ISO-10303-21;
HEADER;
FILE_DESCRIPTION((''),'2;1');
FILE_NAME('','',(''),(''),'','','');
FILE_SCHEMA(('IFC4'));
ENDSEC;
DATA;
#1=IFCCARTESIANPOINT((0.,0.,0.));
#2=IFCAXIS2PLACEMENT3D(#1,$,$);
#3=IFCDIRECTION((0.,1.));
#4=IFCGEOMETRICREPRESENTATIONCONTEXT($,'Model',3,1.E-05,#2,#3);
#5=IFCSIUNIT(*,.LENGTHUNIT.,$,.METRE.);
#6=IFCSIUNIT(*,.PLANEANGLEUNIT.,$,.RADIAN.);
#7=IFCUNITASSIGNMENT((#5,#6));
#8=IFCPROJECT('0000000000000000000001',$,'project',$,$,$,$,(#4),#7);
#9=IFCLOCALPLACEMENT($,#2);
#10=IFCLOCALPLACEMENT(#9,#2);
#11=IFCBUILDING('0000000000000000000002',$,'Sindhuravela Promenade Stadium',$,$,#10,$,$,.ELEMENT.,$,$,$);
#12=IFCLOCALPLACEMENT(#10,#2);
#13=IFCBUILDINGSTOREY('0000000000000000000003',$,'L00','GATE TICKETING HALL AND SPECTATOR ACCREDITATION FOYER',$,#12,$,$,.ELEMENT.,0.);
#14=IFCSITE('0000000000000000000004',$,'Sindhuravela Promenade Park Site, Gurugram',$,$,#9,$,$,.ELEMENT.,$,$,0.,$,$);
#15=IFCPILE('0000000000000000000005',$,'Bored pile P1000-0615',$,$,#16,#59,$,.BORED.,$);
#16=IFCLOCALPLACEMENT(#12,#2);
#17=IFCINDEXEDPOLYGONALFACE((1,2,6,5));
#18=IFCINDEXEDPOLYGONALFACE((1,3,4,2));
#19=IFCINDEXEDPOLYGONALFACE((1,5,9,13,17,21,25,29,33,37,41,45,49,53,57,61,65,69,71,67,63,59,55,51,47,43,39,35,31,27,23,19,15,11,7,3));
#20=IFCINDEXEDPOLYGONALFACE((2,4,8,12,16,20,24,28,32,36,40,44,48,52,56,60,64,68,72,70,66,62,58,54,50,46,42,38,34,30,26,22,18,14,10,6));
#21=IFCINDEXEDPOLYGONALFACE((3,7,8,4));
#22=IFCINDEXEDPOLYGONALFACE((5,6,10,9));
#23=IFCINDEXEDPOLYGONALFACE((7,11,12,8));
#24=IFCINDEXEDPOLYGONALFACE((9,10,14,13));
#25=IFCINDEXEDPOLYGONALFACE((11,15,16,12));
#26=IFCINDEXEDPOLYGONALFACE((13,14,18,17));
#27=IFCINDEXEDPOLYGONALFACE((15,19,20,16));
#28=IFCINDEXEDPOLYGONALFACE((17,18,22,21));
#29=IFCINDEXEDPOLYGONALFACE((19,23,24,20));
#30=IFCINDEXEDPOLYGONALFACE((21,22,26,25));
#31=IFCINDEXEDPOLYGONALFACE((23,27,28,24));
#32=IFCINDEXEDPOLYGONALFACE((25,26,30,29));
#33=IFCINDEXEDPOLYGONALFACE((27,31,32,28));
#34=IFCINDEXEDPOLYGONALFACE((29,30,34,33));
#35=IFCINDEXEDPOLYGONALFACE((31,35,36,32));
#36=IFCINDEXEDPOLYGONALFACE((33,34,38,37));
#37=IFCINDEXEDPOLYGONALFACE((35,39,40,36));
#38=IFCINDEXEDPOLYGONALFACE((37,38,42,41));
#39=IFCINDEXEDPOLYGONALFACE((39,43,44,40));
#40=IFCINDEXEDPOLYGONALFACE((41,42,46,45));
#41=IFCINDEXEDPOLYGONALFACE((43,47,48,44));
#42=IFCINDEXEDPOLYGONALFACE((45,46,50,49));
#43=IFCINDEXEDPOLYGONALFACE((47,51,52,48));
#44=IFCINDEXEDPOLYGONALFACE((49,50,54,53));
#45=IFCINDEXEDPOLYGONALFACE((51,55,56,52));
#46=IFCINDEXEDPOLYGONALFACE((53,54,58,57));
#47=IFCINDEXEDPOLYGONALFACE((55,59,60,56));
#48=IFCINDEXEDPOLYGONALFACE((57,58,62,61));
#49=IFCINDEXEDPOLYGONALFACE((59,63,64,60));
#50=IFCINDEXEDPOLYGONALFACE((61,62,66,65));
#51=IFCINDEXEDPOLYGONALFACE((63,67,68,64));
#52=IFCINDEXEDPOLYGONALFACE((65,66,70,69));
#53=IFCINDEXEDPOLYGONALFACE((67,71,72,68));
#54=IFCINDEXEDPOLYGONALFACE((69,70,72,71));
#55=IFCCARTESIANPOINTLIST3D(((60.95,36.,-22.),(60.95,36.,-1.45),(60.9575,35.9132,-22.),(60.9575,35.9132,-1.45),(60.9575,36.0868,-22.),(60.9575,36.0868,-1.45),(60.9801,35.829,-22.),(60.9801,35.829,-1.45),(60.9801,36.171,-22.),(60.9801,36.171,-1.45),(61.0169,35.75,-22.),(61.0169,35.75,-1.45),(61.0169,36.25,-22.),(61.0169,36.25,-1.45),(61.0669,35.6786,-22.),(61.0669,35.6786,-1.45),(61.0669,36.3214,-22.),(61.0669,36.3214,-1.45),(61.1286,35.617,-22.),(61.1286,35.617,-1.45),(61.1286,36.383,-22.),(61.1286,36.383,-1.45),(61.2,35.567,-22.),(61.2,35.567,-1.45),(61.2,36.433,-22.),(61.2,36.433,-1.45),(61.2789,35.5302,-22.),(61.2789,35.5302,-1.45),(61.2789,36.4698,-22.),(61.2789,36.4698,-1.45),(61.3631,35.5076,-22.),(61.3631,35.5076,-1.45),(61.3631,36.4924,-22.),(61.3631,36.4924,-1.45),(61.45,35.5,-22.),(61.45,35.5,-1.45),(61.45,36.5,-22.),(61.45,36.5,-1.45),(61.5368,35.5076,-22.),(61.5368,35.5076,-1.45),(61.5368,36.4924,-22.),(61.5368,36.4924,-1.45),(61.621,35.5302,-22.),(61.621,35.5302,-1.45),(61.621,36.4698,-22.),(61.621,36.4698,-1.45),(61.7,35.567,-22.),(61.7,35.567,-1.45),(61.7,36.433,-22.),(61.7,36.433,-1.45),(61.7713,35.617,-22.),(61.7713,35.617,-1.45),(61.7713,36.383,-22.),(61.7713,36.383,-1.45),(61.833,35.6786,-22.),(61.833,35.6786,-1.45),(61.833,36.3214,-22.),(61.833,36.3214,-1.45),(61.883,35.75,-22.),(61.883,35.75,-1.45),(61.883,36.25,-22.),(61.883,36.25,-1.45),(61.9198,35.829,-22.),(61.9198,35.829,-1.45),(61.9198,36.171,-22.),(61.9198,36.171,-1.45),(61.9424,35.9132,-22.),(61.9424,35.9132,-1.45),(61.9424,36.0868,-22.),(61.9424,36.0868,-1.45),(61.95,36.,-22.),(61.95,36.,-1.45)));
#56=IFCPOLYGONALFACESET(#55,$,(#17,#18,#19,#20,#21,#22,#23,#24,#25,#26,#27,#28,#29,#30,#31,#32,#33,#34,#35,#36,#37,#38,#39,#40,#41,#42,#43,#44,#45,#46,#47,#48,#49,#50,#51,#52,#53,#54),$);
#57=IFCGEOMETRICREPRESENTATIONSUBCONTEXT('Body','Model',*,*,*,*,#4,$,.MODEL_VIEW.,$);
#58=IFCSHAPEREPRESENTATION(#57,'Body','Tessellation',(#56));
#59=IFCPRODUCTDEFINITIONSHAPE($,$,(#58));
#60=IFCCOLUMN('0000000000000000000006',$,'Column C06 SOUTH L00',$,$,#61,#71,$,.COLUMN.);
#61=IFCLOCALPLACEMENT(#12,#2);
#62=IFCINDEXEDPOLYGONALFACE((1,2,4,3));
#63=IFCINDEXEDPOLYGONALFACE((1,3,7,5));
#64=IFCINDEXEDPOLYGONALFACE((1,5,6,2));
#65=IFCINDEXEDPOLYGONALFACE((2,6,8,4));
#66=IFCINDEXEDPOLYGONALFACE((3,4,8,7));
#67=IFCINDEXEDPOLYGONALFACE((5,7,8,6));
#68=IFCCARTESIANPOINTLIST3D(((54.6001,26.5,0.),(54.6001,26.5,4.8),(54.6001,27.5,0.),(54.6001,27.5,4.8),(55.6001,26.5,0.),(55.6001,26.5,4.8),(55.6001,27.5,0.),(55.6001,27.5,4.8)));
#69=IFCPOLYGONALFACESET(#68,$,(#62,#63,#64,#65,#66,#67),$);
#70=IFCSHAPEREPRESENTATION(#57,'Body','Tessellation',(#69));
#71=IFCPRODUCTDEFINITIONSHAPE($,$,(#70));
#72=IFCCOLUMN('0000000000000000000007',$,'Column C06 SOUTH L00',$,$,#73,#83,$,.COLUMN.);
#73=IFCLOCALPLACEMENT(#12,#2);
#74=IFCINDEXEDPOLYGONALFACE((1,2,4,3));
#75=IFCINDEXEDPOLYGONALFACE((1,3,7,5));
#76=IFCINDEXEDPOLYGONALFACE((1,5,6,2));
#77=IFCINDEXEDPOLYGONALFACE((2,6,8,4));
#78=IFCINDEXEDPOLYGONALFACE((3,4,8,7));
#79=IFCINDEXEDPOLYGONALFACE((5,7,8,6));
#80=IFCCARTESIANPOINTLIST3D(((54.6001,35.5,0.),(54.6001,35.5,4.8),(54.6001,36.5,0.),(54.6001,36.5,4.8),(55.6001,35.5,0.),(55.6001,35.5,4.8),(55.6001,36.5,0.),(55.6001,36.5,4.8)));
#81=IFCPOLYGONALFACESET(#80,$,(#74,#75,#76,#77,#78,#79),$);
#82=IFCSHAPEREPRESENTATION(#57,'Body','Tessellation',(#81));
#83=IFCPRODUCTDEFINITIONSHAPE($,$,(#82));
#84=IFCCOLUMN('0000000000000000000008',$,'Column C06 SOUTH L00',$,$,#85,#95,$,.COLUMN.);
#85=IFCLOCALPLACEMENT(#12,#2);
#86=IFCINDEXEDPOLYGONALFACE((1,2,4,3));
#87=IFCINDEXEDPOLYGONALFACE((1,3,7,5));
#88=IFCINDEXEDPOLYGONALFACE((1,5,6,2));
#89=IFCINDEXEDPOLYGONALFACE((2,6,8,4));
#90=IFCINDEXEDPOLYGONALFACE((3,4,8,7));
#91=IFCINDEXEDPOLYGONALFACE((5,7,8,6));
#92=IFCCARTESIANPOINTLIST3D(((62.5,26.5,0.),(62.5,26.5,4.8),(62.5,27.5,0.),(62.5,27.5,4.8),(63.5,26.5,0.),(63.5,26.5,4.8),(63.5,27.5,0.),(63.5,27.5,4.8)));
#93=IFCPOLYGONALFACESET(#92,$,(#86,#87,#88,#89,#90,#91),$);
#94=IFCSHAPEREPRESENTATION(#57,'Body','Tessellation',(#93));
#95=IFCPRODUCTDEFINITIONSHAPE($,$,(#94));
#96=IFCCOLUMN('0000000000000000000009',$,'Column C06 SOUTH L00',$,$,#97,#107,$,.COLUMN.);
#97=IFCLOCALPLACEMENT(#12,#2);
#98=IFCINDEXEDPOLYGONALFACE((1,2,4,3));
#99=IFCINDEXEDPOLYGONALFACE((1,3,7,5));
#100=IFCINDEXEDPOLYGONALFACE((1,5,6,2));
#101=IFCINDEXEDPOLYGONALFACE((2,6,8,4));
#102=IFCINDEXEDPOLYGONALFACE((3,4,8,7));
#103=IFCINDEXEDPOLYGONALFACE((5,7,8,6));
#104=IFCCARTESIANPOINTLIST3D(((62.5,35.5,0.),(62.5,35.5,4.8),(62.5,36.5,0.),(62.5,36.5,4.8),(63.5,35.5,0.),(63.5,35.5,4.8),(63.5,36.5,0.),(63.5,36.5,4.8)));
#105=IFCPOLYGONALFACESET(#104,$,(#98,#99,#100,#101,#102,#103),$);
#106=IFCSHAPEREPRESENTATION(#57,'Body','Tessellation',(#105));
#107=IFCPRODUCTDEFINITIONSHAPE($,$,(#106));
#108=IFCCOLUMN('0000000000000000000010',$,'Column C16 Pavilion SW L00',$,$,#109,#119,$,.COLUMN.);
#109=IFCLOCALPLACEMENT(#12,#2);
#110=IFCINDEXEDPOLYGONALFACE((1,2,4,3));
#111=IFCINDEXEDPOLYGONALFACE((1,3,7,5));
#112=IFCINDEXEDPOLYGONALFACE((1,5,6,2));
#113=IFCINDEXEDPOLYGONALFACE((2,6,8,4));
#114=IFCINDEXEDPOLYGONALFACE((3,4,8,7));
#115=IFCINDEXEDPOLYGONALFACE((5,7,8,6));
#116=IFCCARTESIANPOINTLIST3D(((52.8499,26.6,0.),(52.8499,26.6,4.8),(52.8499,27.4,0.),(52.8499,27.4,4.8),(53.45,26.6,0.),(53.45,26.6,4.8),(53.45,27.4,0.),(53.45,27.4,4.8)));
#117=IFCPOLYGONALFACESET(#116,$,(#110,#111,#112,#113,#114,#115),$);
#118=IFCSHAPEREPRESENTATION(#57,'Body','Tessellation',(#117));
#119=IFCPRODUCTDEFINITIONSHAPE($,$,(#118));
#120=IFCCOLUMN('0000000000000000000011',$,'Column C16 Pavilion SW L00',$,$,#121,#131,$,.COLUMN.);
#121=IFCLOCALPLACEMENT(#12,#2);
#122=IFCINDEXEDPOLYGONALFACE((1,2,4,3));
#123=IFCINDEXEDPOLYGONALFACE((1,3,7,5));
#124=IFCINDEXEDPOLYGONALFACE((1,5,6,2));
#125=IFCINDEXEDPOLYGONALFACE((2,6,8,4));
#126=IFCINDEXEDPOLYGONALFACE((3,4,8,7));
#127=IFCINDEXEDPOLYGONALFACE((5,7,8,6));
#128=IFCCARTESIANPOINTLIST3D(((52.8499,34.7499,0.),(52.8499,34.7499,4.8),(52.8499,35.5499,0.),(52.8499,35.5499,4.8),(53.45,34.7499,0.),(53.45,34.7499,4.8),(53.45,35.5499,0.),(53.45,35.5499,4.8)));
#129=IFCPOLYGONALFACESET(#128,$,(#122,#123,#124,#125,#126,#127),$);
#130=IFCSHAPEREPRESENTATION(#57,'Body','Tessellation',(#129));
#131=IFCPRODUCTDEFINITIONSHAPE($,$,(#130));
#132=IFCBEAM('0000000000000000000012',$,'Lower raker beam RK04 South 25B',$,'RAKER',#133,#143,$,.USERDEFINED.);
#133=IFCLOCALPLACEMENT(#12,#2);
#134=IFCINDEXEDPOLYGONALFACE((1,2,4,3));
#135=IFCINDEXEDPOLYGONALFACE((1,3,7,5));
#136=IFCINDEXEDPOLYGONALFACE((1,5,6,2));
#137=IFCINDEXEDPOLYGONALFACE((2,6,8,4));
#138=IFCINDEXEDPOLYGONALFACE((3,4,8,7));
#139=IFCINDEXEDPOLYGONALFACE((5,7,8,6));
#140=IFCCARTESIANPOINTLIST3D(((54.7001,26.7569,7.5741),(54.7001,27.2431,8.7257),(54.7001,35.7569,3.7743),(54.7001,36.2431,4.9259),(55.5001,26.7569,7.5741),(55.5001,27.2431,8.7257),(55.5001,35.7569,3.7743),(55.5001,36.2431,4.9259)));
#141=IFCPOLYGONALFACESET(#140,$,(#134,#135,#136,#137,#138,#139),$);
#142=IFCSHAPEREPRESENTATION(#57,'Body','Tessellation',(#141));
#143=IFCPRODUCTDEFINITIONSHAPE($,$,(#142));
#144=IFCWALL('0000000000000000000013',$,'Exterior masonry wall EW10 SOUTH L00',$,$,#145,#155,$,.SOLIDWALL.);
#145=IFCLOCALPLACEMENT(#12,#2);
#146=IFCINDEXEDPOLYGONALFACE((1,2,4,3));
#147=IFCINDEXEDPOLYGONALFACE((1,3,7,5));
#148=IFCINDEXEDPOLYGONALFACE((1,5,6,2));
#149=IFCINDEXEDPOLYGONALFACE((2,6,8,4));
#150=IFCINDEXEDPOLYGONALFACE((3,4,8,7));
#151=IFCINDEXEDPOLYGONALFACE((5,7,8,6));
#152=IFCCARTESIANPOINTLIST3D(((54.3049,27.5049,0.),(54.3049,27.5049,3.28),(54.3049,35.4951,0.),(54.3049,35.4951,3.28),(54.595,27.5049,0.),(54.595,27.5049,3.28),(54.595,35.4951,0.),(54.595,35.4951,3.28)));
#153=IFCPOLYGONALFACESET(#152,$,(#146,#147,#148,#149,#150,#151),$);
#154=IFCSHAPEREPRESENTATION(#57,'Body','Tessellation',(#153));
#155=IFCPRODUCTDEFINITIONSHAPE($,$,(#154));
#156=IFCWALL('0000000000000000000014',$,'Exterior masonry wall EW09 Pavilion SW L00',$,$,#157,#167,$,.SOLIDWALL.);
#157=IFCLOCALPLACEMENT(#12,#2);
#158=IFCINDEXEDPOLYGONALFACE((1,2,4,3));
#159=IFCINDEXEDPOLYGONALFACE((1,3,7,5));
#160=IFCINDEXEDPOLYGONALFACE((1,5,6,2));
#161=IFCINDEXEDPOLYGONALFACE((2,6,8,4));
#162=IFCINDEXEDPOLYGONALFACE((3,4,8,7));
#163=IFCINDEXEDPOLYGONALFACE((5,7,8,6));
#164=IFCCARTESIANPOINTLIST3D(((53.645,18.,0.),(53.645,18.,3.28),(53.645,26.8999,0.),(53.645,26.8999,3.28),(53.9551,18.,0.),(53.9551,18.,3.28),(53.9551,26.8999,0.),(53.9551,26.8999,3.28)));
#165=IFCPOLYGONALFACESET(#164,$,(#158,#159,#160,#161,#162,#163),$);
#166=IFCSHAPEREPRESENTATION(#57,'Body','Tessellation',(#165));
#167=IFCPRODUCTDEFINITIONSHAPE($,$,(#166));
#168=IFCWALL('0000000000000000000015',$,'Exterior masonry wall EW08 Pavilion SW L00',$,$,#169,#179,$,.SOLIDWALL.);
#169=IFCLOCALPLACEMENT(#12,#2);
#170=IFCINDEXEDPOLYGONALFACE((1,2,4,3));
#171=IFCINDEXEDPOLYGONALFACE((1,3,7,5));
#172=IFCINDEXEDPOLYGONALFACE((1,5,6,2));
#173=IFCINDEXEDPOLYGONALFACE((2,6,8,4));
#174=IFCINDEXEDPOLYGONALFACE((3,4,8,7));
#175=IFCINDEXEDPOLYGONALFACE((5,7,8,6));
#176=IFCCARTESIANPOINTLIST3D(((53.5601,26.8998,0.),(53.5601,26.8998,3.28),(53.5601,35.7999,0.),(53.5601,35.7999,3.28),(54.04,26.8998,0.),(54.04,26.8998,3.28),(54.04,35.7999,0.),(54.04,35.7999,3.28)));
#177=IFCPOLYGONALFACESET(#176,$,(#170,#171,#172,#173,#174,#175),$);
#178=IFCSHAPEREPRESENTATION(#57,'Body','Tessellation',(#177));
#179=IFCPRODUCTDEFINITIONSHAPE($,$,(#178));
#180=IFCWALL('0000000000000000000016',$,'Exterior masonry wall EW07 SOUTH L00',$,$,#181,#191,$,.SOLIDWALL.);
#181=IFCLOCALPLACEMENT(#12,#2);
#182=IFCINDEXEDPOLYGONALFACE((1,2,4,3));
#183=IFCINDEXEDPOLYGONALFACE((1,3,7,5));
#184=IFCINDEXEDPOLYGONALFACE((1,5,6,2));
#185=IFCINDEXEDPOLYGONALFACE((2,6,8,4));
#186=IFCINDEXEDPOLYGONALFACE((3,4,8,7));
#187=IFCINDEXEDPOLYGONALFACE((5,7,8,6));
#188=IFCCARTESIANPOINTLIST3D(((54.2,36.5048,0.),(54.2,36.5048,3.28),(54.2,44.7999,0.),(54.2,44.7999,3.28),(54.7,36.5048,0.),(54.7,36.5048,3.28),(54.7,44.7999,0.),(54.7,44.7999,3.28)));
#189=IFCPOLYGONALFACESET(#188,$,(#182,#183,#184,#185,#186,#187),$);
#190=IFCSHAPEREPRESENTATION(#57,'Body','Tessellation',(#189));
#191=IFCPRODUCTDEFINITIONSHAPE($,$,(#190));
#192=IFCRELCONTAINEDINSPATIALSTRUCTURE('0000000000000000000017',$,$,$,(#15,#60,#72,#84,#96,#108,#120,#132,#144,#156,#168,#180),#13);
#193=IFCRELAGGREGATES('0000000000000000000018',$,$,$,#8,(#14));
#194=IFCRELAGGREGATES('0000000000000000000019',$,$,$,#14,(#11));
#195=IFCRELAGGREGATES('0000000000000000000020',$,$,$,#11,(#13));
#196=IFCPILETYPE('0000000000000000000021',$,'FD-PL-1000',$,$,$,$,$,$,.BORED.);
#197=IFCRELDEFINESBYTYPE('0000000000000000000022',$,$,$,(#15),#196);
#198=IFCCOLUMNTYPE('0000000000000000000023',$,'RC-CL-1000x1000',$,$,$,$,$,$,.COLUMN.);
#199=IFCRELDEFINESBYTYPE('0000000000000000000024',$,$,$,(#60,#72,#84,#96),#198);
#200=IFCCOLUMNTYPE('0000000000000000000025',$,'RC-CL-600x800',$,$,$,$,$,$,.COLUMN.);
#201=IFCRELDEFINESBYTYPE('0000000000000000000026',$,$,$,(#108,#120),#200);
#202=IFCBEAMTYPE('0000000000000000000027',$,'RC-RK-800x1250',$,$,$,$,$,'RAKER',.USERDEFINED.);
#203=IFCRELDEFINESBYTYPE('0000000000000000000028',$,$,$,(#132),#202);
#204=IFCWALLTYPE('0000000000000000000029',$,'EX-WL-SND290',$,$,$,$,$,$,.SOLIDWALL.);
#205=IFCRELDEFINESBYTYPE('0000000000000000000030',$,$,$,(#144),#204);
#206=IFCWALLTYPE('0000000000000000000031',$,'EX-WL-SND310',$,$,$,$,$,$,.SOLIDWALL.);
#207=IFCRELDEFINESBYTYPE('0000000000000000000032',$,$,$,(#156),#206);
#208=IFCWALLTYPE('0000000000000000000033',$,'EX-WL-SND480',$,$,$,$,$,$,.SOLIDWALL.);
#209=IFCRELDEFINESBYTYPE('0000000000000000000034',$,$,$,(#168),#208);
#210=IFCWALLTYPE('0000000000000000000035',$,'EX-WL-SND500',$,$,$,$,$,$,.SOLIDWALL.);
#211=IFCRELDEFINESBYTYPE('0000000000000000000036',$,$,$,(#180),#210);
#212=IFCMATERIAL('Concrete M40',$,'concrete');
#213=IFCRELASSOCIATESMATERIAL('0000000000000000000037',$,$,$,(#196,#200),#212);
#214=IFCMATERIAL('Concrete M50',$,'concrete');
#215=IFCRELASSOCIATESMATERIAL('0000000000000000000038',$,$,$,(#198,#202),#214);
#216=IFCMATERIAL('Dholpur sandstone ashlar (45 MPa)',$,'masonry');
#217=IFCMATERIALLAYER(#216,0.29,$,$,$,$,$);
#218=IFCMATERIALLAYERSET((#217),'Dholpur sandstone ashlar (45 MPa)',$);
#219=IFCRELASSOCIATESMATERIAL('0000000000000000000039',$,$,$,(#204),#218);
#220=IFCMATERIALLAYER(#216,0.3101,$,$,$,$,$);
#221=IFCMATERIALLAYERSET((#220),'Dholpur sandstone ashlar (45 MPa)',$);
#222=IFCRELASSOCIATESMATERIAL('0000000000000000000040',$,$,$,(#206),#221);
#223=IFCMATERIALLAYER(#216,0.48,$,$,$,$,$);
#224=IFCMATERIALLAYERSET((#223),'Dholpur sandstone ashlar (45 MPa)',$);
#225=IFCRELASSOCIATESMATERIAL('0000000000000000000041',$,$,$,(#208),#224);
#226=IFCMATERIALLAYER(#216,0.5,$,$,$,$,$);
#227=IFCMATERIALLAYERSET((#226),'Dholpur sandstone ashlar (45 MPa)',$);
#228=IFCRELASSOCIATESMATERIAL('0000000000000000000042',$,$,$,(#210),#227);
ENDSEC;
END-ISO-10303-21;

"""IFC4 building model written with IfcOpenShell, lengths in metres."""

from ifc_helpers import new_model, si_unit, direction, frame, frame_2d, origin, origin_2d, place, context, subcontext, project, spatial, rectangle, circle, extrude, material, layer, layer_set, material_profile, profile_set, type_object, element, save


model = new_model("IFC4")

# Units and contexts
model_context = context("Model", 3, precision=1e-05, world=origin(), true_north=direction((0.0, 1.0)))
body_context = subcontext(model_context, "Body", "Model", "MODEL_VIEW")
ifc_project = project(units=[si_unit("LENGTHUNIT", "METRE"), si_unit("PLANEANGLEUNIT", "RADIAN")], contexts=[model_context])

# Site, building, storey
site_placement = place(None, origin())
site = spatial("IfcSite", under=ifc_project, at=site_placement, Name="Sindhuravela Promenade Park Site, Gurugram", CompositionType="ELEMENT", RefElevation=0.0)
building_placement = place(site_placement, origin())
building = spatial("IfcBuilding", under=site, at=building_placement, Name="Sindhuravela Promenade Stadium", CompositionType="ELEMENT")
storey_placement = place(building_placement, origin())
storey = spatial("IfcBuildingStorey", under=building, at=storey_placement, Name="L00", Description="GATE TICKETING HALL AND SPECTATOR ACCREDITATION FOYER", CompositionType="ELEMENT", Elevation=0.0)

# Shared definitions
ifc_material_1 = material(Name="Concrete M50", Category="concrete")

# Pile
ifc_material_2 = material(Name="Concrete M40", Category="concrete")
ifc_material_profile_1 = material_profile(ifc_material_2, circle(Radius=0.5, at=origin_2d()), Name="BORED PILE D1000")
ifc_profile_set_1 = profile_set([ifc_material_profile_1], Name="Concrete M40")
pile_type = type_object("IfcPileType", Name="FD-PL-1000", PredefinedType="BORED", material=ifc_profile_set_1)
for number, where, z_axis, x_axis, name in (
    (1, (61.45, 36.0, -1.45), (0.0, 0.0, -1.0), (1.0, 0.0, 0.0), "Bored pile P1000-0615"),
):
    element("IfcPile", number, at=place(storey_placement, frame(where, z_axis=z_axis, x_axis=x_axis)), inside=storey, type_object=pile_type, Name=name, PredefinedType="BORED", context=body_context, shape_type="SweptSolid", body=[
        extrude(circle(Radius=0.5, at=origin_2d()), origin(), (0.0, 0.0, 1.0), 20.55),
    ])

# Columns
ifc_material_profile_2 = material_profile(ifc_material_1, rectangle(XDim=1.0, YDim=1.0, at=origin_2d()), Name="RC 1000x1000")
ifc_profile_set_2 = profile_set([ifc_material_profile_2], Name="Concrete M50")
column_type_1 = type_object("IfcColumnType", Name="RC-CL-1000x1000", PredefinedType="COLUMN", material=ifc_profile_set_2)
for number, where, z_axis, x_axis, name in (
    (2, (55.1001, 27.0, 0.0), (0.0, 0.0, 1.0), (1.0, 0.0, 0.0), "Column C06 SOUTH L00"),
    (3, (55.1001, 36.0, 0.0), (0.0, 0.0, 1.0), (1.0, 0.0, 0.0), "Column C06 SOUTH L00"),
    (4, (63.0, 27.0, 0.0), (0.0, 0.0, 1.0), (1.0, 0.0, 0.0), "Column C06 SOUTH L00"),
    (5, (63.0, 36.0, 0.0), (0.0, 0.0, 1.0), (1.0, 0.0, 0.0), "Column C06 SOUTH L00"),
):
    element("IfcColumn", number, at=place(storey_placement, frame(where, z_axis=z_axis, x_axis=x_axis)), inside=storey, type_object=column_type_1, Name=name, PredefinedType="COLUMN", context=body_context, shape_type="SweptSolid", body=[
        extrude(rectangle(XDim=1.0, YDim=1.0, at=origin_2d()), origin(), (0.0, 0.0, 1.0), 4.8),
    ])
ifc_material_profile_3 = material_profile(ifc_material_2, rectangle(XDim=0.6001, YDim=0.8, at=origin_2d()), Name="RC 600x800")
ifc_profile_set_3 = profile_set([ifc_material_profile_3], Name="Concrete M40")
column_type_2 = type_object("IfcColumnType", Name="RC-CL-600x800", PredefinedType="COLUMN", material=ifc_profile_set_3)
for number, where, z_axis, x_axis, name in (
    (6, (53.1499, 27.0, 0.0), (0.0, 0.0, 1.0), (1.0, 0.0, 0.0), "Column C16 Pavilion SW L00"),
    (7, (53.1499, 35.1499, 0.0), (0.0, 0.0, 1.0), (1.0, 0.0, 0.0), "Column C16 Pavilion SW L00"),
):
    element("IfcColumn", number, at=place(storey_placement, frame(where, z_axis=z_axis, x_axis=x_axis)), inside=storey, type_object=column_type_2, Name=name, PredefinedType="COLUMN", context=body_context, shape_type="SweptSolid", body=[
        extrude(rectangle(XDim=0.6001, YDim=0.8, at=origin_2d()), origin(), (0.0, 0.0, 1.0), 4.8),
    ])

# Beam
ifc_material_profile_4 = material_profile(ifc_material_1, rectangle(XDim=0.8, YDim=1.25, at=origin_2d()), Name="RC 800x1250")
ifc_profile_set_4 = profile_set([ifc_material_profile_4], Name="Concrete M50")
beam_type = type_object("IfcBeamType", Name="RC-RK-800x1250", ElementType="RAKER", PredefinedType="USERDEFINED", material=ifc_profile_set_4)
beam_placement = place(storey_placement, frame((55.1001, 36.0, 4.3501), z_axis=(0.0, -0.921257, 0.388955), x_axis=(1.0, 0.0, 0.0)))
element("IfcBeam", 8, at=beam_placement, inside=storey, type_object=beam_type, Name="Lower raker beam RK04 South 25B", ObjectType="RAKER", PredefinedType="USERDEFINED", context=body_context, shape_type="SweptSolid", body=[
    extrude(rectangle(XDim=0.8, YDim=1.25, at=origin_2d()), origin(), (0.0, 0.0, 1.0), 9.7693),
])

# Walls
ifc_material_3 = material(Name="Dholpur sandstone ashlar (45 MPa)", Category="masonry")
ifc_layer_1 = layer(ifc_material_3, 0.29)
ifc_layer_set_1 = layer_set([ifc_layer_1], Name="Dholpur sandstone ashlar (45 MPa)")
wall_type_1 = type_object("IfcWallType", Name="EX-WL-SND290", PredefinedType="SOLIDWALL", material=ifc_layer_set_1)
wall_1_placement = place(storey_placement, frame((54.45, 27.5049, 0.0), z_axis=(0.0, 0.0, 1.0), x_axis=(0.0, 1.0, 0.0)))
element("IfcWall", 9, at=wall_1_placement, inside=storey, type_object=wall_type_1, Name="Exterior masonry wall EW10 SOUTH L00", PredefinedType="SOLIDWALL", context=body_context, shape_type="SweptSolid", body=[
    extrude(rectangle(XDim=7.9902, YDim=0.29, at=frame_2d((3.9951, 0.0))), origin(), (0.0, 0.0, 1.0), 3.28),
])
ifc_layer_2 = layer(ifc_material_3, 0.3101)
ifc_layer_set_2 = layer_set([ifc_layer_2], Name="Dholpur sandstone ashlar (45 MPa)")
wall_type_2 = type_object("IfcWallType", Name="EX-WL-SND310", PredefinedType="SOLIDWALL", material=ifc_layer_set_2)
wall_2_placement = place(storey_placement, frame((53.8, 26.8999, 0.0), z_axis=(0.0, 0.0, 1.0), x_axis=(0.0, -1.0, 0.0)))
element("IfcWall", 10, at=wall_2_placement, inside=storey, type_object=wall_type_2, Name="Exterior masonry wall EW09 Pavilion SW L00", PredefinedType="SOLIDWALL", context=body_context, shape_type="SweptSolid", body=[
    extrude(rectangle(XDim=8.8999, YDim=0.3101, at=frame_2d((4.45, 0.0))), origin(), (0.0, 0.0, 1.0), 3.28),
])
ifc_layer_3 = layer(ifc_material_3, 0.48)
ifc_layer_set_3 = layer_set([ifc_layer_3], Name="Dholpur sandstone ashlar (45 MPa)")
wall_type_3 = type_object("IfcWallType", Name="EX-WL-SND480", PredefinedType="SOLIDWALL", material=ifc_layer_set_3)
wall_3_placement = place(storey_placement, frame((53.8, 35.8, 0.0), z_axis=(0.0, 0.0, 1.0), x_axis=(0.0, -1.0, 0.0)))
element("IfcWall", 11, at=wall_3_placement, inside=storey, type_object=wall_type_3, Name="Exterior masonry wall EW08 Pavilion SW L00", PredefinedType="SOLIDWALL", context=body_context, shape_type="SweptSolid", body=[
    extrude(rectangle(XDim=8.9001, YDim=0.48, at=frame_2d((4.4502, 0.0))), origin(), (0.0, 0.0, 1.0), 3.28),
])
ifc_layer_4 = layer(ifc_material_3, 0.5)
ifc_layer_set_4 = layer_set([ifc_layer_4], Name="Dholpur sandstone ashlar (45 MPa)")
wall_type_4 = type_object("IfcWallType", Name="EX-WL-SND500", PredefinedType="SOLIDWALL", material=ifc_layer_set_4)
wall_4_placement = place(storey_placement, frame((54.45, 36.5049, 0.0), z_axis=(0.0, 0.0, 1.0), x_axis=(0.0, 1.0, 0.0)))
element("IfcWall", 12, at=wall_4_placement, inside=storey, type_object=wall_type_4, Name="Exterior masonry wall EW07 SOUTH L00", PredefinedType="SOLIDWALL", context=body_context, shape_type="SweptSolid", body=[
    extrude(rectangle(XDim=8.2952, YDim=0.5, at=frame_2d((4.1475, 0.0))), origin(), (0.0, 0.0, 1.0), 3.28),
])

save(model, "model.ifc")
